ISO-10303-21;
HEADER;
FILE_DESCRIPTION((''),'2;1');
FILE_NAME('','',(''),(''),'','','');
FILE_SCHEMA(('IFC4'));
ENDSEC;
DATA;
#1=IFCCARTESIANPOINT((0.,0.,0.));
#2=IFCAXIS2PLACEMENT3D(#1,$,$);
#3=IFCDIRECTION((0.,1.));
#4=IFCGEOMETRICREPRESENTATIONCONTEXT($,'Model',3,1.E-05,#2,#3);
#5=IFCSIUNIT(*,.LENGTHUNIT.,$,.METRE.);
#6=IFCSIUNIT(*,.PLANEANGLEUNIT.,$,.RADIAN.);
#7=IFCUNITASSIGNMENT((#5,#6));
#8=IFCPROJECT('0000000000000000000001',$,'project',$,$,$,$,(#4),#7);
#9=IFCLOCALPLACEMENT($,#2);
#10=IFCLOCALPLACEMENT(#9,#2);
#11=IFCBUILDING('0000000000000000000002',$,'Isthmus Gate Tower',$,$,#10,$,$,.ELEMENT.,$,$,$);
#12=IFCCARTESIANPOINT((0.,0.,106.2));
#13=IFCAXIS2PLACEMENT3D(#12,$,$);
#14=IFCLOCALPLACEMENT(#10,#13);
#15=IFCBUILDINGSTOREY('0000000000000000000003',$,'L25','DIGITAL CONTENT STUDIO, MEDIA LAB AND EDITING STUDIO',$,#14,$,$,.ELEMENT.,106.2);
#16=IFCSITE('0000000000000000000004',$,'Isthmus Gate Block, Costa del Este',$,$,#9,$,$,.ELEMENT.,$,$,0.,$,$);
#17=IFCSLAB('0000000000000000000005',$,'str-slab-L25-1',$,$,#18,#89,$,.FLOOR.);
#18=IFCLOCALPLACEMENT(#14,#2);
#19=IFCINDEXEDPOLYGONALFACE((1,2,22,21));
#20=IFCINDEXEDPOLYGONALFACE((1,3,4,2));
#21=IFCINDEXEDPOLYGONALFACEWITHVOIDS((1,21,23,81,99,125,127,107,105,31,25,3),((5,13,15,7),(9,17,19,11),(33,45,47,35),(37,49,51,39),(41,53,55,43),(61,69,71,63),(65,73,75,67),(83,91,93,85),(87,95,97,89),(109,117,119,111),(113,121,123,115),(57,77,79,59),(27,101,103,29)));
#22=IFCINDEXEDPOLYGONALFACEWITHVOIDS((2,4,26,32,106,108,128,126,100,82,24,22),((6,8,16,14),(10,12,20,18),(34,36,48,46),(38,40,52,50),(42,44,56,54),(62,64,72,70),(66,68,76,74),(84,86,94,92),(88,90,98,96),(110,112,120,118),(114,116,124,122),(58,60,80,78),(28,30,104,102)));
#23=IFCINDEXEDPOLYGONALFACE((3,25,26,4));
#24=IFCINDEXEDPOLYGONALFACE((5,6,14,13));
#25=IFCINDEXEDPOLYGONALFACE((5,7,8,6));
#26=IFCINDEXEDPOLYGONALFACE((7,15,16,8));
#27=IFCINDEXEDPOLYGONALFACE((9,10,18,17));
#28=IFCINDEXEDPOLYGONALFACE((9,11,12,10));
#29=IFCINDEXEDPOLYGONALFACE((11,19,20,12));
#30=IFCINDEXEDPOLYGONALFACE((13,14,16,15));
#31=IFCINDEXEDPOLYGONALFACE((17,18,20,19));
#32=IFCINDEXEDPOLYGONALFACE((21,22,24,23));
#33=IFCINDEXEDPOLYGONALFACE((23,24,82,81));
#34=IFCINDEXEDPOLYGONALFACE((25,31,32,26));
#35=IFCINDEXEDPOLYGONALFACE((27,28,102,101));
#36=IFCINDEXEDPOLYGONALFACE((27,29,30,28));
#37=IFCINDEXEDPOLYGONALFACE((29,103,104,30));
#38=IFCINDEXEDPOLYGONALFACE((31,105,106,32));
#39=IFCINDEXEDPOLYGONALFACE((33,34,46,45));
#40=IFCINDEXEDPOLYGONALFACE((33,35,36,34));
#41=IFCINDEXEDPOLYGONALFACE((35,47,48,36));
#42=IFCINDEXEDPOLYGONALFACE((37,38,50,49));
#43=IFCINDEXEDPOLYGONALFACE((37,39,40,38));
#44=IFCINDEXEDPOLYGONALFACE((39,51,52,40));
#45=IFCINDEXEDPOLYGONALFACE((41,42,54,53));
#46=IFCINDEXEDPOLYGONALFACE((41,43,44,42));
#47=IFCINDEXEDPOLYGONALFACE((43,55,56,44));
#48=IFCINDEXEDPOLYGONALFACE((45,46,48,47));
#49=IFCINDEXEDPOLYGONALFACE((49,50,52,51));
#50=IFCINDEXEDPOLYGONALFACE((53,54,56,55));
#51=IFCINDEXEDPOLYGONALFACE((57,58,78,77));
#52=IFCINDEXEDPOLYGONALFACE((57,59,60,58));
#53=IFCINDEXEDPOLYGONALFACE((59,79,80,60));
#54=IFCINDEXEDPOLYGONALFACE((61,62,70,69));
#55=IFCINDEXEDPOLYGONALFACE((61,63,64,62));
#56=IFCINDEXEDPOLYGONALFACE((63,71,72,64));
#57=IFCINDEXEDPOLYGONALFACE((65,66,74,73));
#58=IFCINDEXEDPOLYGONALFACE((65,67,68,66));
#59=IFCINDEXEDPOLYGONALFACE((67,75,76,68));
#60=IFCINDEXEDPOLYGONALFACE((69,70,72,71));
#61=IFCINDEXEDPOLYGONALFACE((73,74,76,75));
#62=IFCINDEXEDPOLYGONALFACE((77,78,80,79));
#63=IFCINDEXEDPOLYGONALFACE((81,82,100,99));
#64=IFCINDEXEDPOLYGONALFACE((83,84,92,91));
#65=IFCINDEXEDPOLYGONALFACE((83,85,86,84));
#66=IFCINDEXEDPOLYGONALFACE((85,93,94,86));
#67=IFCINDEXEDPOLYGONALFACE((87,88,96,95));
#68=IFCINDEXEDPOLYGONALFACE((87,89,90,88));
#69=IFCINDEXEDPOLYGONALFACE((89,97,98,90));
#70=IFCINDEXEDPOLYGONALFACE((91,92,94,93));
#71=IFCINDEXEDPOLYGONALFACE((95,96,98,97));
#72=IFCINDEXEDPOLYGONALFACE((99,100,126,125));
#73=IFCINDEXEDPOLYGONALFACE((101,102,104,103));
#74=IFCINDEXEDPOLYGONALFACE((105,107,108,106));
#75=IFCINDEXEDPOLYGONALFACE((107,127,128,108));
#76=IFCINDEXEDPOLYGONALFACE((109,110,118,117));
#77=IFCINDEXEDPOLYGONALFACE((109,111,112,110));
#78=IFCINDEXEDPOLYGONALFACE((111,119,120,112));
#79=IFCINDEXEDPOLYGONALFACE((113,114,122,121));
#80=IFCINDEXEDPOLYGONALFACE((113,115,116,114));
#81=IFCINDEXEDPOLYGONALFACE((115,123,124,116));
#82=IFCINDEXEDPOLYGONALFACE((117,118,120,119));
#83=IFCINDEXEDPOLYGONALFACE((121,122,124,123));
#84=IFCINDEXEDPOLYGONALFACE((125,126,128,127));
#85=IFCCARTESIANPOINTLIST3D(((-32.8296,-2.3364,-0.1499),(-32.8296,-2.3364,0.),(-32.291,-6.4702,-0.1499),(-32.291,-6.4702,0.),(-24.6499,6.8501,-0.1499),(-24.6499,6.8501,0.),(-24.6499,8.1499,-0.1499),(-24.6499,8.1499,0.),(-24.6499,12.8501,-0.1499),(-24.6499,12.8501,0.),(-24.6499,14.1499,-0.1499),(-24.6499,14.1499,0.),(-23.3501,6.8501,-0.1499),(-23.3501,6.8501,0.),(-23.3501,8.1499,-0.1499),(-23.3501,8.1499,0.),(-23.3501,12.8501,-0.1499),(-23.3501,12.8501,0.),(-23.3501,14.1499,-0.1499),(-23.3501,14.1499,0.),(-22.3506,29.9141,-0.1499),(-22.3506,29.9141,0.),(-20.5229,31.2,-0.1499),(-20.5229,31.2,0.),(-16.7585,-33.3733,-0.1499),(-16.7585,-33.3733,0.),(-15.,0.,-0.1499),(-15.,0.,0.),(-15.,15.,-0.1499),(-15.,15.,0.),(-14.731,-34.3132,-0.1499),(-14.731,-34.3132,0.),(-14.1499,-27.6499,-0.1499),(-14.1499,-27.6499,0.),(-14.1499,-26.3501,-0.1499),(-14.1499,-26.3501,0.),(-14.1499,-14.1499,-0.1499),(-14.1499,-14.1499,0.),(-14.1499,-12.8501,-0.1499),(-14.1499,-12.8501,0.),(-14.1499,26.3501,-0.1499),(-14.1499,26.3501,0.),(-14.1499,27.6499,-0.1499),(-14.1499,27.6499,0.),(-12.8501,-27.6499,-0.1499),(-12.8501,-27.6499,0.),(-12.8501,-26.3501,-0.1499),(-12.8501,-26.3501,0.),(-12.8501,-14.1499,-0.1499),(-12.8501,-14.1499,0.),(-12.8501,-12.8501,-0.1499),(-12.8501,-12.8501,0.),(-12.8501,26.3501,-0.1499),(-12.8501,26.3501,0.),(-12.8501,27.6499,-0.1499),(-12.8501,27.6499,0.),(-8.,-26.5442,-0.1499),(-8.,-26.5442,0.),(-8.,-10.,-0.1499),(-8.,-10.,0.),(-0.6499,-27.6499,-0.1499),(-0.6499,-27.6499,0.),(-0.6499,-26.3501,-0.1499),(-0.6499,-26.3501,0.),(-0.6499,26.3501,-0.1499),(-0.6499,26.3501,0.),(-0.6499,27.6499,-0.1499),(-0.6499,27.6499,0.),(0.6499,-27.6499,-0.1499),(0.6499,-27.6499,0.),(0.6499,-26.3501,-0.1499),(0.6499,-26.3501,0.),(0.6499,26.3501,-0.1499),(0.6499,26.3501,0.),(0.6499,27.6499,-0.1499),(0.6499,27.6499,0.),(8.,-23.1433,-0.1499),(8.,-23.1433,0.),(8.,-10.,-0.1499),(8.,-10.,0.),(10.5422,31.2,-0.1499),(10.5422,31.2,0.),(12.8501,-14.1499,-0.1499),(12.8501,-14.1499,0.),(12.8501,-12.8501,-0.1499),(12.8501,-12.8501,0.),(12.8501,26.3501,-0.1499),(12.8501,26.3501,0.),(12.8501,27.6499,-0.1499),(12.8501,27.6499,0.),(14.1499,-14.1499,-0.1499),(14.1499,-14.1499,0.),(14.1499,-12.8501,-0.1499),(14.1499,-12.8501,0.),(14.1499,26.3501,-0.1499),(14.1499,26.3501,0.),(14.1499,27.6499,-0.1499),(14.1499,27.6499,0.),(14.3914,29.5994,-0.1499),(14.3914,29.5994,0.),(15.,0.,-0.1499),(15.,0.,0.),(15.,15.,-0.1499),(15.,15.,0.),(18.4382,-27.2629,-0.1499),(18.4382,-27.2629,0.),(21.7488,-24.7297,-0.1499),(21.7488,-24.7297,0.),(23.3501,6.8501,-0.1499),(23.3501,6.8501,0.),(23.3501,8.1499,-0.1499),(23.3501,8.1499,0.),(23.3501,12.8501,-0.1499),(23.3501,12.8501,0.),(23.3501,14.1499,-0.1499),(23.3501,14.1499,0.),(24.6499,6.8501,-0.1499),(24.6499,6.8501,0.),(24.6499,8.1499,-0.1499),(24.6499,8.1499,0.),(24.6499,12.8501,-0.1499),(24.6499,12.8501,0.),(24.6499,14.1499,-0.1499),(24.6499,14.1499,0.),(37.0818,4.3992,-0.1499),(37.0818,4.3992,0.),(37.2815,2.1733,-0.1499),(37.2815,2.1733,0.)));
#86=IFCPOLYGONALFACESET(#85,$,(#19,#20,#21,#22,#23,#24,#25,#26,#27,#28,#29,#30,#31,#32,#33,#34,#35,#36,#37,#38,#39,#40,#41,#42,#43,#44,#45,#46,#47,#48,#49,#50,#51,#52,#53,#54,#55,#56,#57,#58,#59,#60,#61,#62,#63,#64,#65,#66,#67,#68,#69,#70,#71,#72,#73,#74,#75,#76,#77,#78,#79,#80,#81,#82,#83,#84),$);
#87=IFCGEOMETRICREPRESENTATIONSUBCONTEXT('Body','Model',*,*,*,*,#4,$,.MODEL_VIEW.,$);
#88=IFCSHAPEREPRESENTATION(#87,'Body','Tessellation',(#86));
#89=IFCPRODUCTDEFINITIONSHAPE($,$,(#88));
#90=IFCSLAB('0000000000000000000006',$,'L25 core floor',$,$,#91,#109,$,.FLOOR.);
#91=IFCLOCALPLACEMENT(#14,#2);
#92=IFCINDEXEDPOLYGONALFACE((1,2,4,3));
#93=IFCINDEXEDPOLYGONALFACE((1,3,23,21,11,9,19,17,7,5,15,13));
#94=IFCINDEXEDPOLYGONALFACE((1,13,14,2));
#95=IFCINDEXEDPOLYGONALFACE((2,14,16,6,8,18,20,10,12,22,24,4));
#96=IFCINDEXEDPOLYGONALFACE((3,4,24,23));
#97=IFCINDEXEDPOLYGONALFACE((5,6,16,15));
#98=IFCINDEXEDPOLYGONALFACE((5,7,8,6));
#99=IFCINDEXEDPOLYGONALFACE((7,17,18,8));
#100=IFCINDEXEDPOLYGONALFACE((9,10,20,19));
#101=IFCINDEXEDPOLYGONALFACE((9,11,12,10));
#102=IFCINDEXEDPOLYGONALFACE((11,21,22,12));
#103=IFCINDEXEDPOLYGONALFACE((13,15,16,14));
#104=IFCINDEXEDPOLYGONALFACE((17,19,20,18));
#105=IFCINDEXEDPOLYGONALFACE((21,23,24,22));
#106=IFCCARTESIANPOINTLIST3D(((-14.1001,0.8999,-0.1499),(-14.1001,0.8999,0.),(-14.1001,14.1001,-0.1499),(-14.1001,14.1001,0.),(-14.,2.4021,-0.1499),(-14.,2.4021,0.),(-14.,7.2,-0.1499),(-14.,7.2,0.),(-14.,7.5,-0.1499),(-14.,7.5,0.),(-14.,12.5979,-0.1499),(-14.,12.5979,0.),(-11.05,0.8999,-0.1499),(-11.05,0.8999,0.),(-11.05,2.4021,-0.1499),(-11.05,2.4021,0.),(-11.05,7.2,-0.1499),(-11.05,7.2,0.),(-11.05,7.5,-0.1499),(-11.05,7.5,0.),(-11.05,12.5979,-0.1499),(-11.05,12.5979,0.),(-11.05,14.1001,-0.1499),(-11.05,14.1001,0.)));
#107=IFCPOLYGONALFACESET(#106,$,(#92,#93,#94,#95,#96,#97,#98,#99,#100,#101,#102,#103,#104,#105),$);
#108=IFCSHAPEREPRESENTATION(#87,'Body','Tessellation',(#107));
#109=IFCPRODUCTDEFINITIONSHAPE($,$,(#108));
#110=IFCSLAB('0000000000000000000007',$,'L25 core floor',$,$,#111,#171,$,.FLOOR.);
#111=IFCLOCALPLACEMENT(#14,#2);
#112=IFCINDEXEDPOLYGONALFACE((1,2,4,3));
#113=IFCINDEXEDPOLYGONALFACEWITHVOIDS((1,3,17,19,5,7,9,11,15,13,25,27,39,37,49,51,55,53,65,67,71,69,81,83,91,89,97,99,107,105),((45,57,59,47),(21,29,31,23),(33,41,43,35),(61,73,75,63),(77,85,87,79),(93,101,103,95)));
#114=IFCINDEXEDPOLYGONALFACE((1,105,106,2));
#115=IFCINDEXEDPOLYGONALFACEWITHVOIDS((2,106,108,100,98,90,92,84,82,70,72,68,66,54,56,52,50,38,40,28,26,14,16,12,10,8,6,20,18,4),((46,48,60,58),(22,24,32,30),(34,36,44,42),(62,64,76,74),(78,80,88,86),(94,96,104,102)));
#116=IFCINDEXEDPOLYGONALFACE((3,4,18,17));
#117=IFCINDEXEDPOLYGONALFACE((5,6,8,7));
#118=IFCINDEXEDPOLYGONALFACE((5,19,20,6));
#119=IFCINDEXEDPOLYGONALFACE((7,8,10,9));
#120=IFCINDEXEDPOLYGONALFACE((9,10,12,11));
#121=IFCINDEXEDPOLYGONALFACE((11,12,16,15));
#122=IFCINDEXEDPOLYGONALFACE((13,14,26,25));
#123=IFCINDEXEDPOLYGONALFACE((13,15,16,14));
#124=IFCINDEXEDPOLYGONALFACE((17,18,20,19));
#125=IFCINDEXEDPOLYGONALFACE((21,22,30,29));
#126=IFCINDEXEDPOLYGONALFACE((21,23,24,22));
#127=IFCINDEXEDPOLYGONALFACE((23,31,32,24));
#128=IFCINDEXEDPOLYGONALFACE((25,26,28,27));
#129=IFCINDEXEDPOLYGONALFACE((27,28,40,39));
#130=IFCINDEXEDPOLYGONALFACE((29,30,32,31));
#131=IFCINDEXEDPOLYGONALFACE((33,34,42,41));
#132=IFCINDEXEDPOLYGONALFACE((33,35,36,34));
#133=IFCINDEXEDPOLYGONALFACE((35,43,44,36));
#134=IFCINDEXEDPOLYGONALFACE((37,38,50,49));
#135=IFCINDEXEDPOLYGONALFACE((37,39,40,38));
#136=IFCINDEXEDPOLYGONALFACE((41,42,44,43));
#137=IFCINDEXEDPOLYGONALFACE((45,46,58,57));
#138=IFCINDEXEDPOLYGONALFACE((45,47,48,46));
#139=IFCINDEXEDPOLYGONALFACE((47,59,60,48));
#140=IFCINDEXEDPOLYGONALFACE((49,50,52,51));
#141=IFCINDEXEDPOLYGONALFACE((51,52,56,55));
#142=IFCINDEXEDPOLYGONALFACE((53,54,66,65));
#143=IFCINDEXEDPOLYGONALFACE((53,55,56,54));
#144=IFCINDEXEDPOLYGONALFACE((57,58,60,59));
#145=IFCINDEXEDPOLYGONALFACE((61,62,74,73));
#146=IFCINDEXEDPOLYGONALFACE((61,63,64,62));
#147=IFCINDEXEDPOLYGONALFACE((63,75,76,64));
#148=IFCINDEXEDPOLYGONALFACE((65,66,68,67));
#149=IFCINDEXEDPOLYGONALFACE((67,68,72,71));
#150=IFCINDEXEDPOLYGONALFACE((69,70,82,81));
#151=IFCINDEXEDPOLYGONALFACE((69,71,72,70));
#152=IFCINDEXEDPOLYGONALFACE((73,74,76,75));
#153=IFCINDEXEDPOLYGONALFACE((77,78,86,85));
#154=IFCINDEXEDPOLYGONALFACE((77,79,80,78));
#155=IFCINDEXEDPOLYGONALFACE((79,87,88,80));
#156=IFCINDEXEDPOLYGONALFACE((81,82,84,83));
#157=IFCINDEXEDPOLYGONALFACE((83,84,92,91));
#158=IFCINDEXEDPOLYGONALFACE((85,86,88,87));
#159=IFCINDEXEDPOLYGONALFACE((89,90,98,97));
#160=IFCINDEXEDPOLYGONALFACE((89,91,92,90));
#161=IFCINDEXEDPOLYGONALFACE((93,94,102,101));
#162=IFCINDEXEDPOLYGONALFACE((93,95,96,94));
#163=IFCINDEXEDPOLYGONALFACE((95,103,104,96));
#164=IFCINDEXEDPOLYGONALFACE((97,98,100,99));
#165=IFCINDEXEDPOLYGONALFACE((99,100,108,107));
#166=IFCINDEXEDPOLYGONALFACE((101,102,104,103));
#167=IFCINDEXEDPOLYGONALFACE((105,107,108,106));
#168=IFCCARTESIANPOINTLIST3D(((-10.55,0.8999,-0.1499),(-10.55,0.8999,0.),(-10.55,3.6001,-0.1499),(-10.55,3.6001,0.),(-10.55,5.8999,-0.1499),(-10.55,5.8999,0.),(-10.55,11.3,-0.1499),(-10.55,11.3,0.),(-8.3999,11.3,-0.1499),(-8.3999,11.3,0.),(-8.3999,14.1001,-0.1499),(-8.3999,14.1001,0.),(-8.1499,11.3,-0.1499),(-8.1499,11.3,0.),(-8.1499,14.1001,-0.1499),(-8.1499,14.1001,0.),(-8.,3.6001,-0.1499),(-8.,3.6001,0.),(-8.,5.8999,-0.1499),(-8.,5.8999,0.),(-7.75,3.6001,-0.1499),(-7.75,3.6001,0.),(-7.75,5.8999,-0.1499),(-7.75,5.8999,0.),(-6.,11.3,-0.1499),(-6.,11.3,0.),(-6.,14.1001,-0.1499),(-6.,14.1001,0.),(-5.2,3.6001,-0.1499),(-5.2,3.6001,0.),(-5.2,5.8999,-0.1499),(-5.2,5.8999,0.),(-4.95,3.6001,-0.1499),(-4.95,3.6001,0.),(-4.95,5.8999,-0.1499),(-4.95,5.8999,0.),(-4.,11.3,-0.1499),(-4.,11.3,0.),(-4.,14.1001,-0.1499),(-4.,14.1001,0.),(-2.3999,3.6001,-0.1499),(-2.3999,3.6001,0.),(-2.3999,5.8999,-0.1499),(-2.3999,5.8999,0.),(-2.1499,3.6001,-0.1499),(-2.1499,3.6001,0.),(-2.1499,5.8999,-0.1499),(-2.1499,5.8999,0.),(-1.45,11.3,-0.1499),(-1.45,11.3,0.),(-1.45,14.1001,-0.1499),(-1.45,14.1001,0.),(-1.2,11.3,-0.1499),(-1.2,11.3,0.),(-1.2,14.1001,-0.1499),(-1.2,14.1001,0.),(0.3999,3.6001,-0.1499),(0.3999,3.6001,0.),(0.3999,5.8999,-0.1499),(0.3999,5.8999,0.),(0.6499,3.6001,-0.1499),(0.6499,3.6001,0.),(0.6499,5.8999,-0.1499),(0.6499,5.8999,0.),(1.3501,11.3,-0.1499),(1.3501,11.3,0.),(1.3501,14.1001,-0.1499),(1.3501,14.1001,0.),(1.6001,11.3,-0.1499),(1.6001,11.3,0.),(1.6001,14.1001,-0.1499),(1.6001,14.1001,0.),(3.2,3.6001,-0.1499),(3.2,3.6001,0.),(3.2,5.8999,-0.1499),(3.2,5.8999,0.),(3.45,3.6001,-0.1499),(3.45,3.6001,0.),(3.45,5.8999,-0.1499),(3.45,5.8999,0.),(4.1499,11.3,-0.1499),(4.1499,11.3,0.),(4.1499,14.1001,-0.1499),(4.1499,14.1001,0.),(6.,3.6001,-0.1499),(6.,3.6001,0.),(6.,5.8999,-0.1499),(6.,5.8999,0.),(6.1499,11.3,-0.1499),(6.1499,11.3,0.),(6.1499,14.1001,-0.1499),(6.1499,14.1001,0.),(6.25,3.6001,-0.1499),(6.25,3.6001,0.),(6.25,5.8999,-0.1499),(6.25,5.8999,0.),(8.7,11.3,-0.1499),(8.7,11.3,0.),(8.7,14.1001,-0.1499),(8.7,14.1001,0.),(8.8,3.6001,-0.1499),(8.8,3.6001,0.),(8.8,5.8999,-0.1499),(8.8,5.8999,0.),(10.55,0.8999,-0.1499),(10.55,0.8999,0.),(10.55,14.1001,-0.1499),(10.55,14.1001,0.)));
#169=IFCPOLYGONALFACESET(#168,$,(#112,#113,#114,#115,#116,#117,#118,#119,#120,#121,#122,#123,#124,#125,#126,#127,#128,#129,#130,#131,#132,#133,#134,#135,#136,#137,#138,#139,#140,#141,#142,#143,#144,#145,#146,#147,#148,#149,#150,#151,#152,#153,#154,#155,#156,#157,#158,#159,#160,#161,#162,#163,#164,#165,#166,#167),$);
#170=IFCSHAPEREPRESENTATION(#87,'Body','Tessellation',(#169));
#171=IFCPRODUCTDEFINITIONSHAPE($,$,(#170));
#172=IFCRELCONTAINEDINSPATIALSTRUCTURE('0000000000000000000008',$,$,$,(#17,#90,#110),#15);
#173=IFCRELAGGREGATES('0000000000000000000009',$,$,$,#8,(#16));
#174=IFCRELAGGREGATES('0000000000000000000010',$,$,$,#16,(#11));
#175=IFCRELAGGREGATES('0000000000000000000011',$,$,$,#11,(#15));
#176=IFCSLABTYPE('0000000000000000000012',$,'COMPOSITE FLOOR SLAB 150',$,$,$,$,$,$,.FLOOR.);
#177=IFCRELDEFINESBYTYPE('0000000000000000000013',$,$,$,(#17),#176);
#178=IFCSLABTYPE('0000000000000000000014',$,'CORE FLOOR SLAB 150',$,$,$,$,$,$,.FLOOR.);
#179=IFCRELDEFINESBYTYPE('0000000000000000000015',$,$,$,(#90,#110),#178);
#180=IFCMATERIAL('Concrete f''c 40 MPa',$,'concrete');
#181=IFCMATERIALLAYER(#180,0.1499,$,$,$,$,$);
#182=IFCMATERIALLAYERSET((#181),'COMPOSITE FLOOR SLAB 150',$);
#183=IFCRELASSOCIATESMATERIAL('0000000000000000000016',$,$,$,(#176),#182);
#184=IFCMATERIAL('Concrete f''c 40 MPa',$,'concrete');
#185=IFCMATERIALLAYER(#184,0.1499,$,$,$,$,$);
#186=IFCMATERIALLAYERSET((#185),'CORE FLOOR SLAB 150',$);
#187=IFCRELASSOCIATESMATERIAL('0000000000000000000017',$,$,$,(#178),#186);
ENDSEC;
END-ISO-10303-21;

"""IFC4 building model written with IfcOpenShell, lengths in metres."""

from ifc_helpers import new_model, si_unit, direction, frame, origin, place, context, subcontext, project, spatial, polyline, outline, extrude, material, layer, layer_set, type_object, element, save


model = new_model("IFC4")

# Units and contexts
model_context = context("Model", 3, precision=1e-05, world=origin(), true_north=direction((0.0, 1.0)))
body_context = subcontext(model_context, "Body", "Model", "MODEL_VIEW")
ifc_project = project(units=[si_unit("LENGTHUNIT", "METRE"), si_unit("PLANEANGLEUNIT", "RADIAN")], contexts=[model_context])

# Site, building, storey
site_placement = place(None, origin())
site = spatial("IfcSite", under=ifc_project, at=site_placement, Name="Isthmus Gate Block, Costa del Este", CompositionType="ELEMENT", RefElevation=0.0)
building_placement = place(site_placement, origin())
building = spatial("IfcBuilding", under=site, at=building_placement, Name="Isthmus Gate Tower", CompositionType="ELEMENT")
storey_placement = place(building_placement, frame((0.0, 0.0, 106.2)))
storey = spatial("IfcBuildingStorey", under=building, at=storey_placement, Name="L25", Description="DIGITAL CONTENT STUDIO, MEDIA LAB AND EDITING STUDIO", CompositionType="ELEMENT", Elevation=106.2)

# Slabs
ifc_material_1 = material(Name="Concrete f'c 40 MPa", Category="concrete")
ifc_layer_1 = layer(ifc_material_1, 0.1499)
ifc_layer_set_1 = layer_set([ifc_layer_1], Name="COMPOSITE FLOOR SLAB 150")
slab_type_1 = type_object("IfcSlabType", Name="COMPOSITE FLOOR SLAB 150", PredefinedType="FLOOR", material=ifc_layer_set_1)
slab_1_placement = place(storey_placement, frame((0.0, 0.0, -0.1499)))
element("IfcSlab", 1, at=slab_1_placement, inside=storey, type_object=slab_type_1, Name="str-slab-L25-1", PredefinedType="FLOOR", context=body_context, shape_type="SweptSolid", body=[
    extrude(outline(polyline([(14.3914, 29.5994), (37.0818, 4.3992), (37.2815, 2.1733), (21.7488, -24.7297), (18.4382, -27.2629), (-14.731, -34.3132), (-16.7585, -33.3733), (-32.291, -6.4702), (-32.8296, -2.3364), (-22.3506, 29.9141), (-20.5229, 31.2), (10.5422, 31.2), (14.3914, 29.5994)]), holes=[polyline([(-14.1499, -27.6499), (-12.8501, -27.6499), (-12.8501, -26.3501), (-14.1499, -26.3501), (-14.1499, -27.6499)]), polyline([(-0.6499, -26.3501), (-0.6499, -27.6499), (0.6499, -27.6499), (0.6499, -26.3501), (-0.6499, -26.3501)]), polyline([(-14.1499, -12.8501), (-14.1499, -14.1499), (-12.8501, -14.1499), (-12.8501, -12.8501), (-14.1499, -12.8501)]), polyline([(-24.6499, 8.1499), (-24.6499, 6.8501), (-23.3501, 6.8501), (-23.3501, 8.1499), (-24.6499, 8.1499)]), polyline([(-23.3501, 14.1499), (-24.6499, 14.1499), (-24.6499, 12.8501), (-23.3501, 12.8501), (-23.3501, 14.1499)]), polyline([(-14.1499, 27.6499), (-14.1499, 26.3501), (-12.8501, 26.3501), (-12.8501, 27.6499), (-14.1499, 27.6499)]), polyline([(-0.6499, 27.6499), (-0.6499, 26.3501), (0.6499, 26.3501), (0.6499, 27.6499), (-0.6499, 27.6499)]), polyline([(8.0, -23.1433), (8.0, -10.0), (-8.0, -10.0), (-8.0, -26.5442), (8.0, -23.1433)]), polyline([(14.1499, -12.8501), (12.8501, -12.8501), (12.8501, -14.1499), (14.1499, -14.1499), (14.1499, -12.8501)]), polyline([(15.0, 15.0), (-15.0, 15.0), (-15.0, 0.0), (15.0, 0.0), (15.0, 15.0)]), polyline([(24.6499, 8.1499), (23.3501, 8.1499), (23.3501, 6.8501), (24.6499, 6.8501), (24.6499, 8.1499)]), polyline([(23.3501, 14.1499), (23.3501, 12.8501), (24.6499, 12.8501), (24.6499, 14.1499), (23.3501, 14.1499)]), polyline([(14.1499, 27.6499), (12.8501, 27.6499), (12.8501, 26.3501), (14.1499, 26.3501), (14.1499, 27.6499)])]), origin(), (0.0, 0.0, 1.0), 0.1499),
])
ifc_material_2 = material(Name="Concrete f'c 40 MPa", Category="concrete")
ifc_layer_2 = layer(ifc_material_2, 0.1499)
ifc_layer_set_2 = layer_set([ifc_layer_2], Name="CORE FLOOR SLAB 150")
slab_type_2 = type_object("IfcSlabType", Name="CORE FLOOR SLAB 150", PredefinedType="FLOOR", material=ifc_layer_set_2)
slab_2_placement = place(storey_placement, frame((0.0, 0.0, -0.1499)))
element("IfcSlab", 2, at=slab_2_placement, inside=storey, type_object=slab_type_2, Name="L25 core floor", PredefinedType="FLOOR", context=body_context, shape_type="SweptSolid", body=[
    extrude(outline(polyline([(-11.05, 0.8999), (-11.05, 2.4021), (-14.0, 2.4021), (-14.0, 7.2), (-11.05, 7.2), (-11.05, 7.5), (-14.0, 7.5), (-14.0, 12.5979), (-11.05, 12.5979), (-11.05, 14.1001), (-14.1001, 14.1001), (-14.1001, 0.8999), (-11.05, 0.8999)])), origin(), (0.0, 0.0, 1.0), 0.1499),
])
slab_3_placement = place(storey_placement, frame((0.0, 0.0, -0.1499)))
element("IfcSlab", 3, at=slab_3_placement, inside=storey, type_object=slab_type_2, Name="L25 core floor", PredefinedType="FLOOR", context=body_context, shape_type="SweptSolid", body=[
    extrude(outline(polyline([(10.55, 14.1001), (8.7, 14.1001), (8.7, 11.3), (6.1499, 11.3), (6.1499, 14.1001), (4.1499, 14.1001), (4.1499, 11.3), (1.6001, 11.3), (1.6001, 14.1001), (1.3501, 14.1001), (1.3501, 11.3), (-1.2, 11.3), (-1.2, 14.1001), (-1.45, 14.1001), (-1.45, 11.3), (-4.0, 11.3), (-4.0, 14.1001), (-6.0, 14.1001), (-6.0, 11.3), (-8.1499, 11.3), (-8.1499, 14.1001), (-8.3999, 14.1001), (-8.3999, 11.3), (-10.55, 11.3), (-10.55, 5.8999), (-8.0, 5.8999), (-8.0, 3.6001), (-10.55, 3.6001), (-10.55, 0.8999), (10.55, 0.8999), (10.55, 14.1001)]), holes=[polyline([(-5.2, 5.8999), (-5.2, 3.6001), (-7.75, 3.6001), (-7.75, 5.8999), (-5.2, 5.8999)]), polyline([(-2.3999, 5.8999), (-2.3999, 3.6001), (-4.95, 3.6001), (-4.95, 5.8999), (-2.3999, 5.8999)]), polyline([(0.3999, 5.8999), (0.3999, 3.6001), (-2.1499, 3.6001), (-2.1499, 5.8999), (0.3999, 5.8999)]), polyline([(3.2, 5.8999), (3.2, 3.6001), (0.6499, 3.6001), (0.6499, 5.8999), (3.2, 5.8999)]), polyline([(6.0, 5.8999), (6.0, 3.6001), (3.45, 3.6001), (3.45, 5.8999), (6.0, 5.8999)]), polyline([(8.8, 5.8999), (8.8, 3.6001), (6.25, 3.6001), (6.25, 5.8999), (8.8, 5.8999)])]), origin(), (0.0, 0.0, 1.0), 0.1499),
])

save(model, "model.ifc")
